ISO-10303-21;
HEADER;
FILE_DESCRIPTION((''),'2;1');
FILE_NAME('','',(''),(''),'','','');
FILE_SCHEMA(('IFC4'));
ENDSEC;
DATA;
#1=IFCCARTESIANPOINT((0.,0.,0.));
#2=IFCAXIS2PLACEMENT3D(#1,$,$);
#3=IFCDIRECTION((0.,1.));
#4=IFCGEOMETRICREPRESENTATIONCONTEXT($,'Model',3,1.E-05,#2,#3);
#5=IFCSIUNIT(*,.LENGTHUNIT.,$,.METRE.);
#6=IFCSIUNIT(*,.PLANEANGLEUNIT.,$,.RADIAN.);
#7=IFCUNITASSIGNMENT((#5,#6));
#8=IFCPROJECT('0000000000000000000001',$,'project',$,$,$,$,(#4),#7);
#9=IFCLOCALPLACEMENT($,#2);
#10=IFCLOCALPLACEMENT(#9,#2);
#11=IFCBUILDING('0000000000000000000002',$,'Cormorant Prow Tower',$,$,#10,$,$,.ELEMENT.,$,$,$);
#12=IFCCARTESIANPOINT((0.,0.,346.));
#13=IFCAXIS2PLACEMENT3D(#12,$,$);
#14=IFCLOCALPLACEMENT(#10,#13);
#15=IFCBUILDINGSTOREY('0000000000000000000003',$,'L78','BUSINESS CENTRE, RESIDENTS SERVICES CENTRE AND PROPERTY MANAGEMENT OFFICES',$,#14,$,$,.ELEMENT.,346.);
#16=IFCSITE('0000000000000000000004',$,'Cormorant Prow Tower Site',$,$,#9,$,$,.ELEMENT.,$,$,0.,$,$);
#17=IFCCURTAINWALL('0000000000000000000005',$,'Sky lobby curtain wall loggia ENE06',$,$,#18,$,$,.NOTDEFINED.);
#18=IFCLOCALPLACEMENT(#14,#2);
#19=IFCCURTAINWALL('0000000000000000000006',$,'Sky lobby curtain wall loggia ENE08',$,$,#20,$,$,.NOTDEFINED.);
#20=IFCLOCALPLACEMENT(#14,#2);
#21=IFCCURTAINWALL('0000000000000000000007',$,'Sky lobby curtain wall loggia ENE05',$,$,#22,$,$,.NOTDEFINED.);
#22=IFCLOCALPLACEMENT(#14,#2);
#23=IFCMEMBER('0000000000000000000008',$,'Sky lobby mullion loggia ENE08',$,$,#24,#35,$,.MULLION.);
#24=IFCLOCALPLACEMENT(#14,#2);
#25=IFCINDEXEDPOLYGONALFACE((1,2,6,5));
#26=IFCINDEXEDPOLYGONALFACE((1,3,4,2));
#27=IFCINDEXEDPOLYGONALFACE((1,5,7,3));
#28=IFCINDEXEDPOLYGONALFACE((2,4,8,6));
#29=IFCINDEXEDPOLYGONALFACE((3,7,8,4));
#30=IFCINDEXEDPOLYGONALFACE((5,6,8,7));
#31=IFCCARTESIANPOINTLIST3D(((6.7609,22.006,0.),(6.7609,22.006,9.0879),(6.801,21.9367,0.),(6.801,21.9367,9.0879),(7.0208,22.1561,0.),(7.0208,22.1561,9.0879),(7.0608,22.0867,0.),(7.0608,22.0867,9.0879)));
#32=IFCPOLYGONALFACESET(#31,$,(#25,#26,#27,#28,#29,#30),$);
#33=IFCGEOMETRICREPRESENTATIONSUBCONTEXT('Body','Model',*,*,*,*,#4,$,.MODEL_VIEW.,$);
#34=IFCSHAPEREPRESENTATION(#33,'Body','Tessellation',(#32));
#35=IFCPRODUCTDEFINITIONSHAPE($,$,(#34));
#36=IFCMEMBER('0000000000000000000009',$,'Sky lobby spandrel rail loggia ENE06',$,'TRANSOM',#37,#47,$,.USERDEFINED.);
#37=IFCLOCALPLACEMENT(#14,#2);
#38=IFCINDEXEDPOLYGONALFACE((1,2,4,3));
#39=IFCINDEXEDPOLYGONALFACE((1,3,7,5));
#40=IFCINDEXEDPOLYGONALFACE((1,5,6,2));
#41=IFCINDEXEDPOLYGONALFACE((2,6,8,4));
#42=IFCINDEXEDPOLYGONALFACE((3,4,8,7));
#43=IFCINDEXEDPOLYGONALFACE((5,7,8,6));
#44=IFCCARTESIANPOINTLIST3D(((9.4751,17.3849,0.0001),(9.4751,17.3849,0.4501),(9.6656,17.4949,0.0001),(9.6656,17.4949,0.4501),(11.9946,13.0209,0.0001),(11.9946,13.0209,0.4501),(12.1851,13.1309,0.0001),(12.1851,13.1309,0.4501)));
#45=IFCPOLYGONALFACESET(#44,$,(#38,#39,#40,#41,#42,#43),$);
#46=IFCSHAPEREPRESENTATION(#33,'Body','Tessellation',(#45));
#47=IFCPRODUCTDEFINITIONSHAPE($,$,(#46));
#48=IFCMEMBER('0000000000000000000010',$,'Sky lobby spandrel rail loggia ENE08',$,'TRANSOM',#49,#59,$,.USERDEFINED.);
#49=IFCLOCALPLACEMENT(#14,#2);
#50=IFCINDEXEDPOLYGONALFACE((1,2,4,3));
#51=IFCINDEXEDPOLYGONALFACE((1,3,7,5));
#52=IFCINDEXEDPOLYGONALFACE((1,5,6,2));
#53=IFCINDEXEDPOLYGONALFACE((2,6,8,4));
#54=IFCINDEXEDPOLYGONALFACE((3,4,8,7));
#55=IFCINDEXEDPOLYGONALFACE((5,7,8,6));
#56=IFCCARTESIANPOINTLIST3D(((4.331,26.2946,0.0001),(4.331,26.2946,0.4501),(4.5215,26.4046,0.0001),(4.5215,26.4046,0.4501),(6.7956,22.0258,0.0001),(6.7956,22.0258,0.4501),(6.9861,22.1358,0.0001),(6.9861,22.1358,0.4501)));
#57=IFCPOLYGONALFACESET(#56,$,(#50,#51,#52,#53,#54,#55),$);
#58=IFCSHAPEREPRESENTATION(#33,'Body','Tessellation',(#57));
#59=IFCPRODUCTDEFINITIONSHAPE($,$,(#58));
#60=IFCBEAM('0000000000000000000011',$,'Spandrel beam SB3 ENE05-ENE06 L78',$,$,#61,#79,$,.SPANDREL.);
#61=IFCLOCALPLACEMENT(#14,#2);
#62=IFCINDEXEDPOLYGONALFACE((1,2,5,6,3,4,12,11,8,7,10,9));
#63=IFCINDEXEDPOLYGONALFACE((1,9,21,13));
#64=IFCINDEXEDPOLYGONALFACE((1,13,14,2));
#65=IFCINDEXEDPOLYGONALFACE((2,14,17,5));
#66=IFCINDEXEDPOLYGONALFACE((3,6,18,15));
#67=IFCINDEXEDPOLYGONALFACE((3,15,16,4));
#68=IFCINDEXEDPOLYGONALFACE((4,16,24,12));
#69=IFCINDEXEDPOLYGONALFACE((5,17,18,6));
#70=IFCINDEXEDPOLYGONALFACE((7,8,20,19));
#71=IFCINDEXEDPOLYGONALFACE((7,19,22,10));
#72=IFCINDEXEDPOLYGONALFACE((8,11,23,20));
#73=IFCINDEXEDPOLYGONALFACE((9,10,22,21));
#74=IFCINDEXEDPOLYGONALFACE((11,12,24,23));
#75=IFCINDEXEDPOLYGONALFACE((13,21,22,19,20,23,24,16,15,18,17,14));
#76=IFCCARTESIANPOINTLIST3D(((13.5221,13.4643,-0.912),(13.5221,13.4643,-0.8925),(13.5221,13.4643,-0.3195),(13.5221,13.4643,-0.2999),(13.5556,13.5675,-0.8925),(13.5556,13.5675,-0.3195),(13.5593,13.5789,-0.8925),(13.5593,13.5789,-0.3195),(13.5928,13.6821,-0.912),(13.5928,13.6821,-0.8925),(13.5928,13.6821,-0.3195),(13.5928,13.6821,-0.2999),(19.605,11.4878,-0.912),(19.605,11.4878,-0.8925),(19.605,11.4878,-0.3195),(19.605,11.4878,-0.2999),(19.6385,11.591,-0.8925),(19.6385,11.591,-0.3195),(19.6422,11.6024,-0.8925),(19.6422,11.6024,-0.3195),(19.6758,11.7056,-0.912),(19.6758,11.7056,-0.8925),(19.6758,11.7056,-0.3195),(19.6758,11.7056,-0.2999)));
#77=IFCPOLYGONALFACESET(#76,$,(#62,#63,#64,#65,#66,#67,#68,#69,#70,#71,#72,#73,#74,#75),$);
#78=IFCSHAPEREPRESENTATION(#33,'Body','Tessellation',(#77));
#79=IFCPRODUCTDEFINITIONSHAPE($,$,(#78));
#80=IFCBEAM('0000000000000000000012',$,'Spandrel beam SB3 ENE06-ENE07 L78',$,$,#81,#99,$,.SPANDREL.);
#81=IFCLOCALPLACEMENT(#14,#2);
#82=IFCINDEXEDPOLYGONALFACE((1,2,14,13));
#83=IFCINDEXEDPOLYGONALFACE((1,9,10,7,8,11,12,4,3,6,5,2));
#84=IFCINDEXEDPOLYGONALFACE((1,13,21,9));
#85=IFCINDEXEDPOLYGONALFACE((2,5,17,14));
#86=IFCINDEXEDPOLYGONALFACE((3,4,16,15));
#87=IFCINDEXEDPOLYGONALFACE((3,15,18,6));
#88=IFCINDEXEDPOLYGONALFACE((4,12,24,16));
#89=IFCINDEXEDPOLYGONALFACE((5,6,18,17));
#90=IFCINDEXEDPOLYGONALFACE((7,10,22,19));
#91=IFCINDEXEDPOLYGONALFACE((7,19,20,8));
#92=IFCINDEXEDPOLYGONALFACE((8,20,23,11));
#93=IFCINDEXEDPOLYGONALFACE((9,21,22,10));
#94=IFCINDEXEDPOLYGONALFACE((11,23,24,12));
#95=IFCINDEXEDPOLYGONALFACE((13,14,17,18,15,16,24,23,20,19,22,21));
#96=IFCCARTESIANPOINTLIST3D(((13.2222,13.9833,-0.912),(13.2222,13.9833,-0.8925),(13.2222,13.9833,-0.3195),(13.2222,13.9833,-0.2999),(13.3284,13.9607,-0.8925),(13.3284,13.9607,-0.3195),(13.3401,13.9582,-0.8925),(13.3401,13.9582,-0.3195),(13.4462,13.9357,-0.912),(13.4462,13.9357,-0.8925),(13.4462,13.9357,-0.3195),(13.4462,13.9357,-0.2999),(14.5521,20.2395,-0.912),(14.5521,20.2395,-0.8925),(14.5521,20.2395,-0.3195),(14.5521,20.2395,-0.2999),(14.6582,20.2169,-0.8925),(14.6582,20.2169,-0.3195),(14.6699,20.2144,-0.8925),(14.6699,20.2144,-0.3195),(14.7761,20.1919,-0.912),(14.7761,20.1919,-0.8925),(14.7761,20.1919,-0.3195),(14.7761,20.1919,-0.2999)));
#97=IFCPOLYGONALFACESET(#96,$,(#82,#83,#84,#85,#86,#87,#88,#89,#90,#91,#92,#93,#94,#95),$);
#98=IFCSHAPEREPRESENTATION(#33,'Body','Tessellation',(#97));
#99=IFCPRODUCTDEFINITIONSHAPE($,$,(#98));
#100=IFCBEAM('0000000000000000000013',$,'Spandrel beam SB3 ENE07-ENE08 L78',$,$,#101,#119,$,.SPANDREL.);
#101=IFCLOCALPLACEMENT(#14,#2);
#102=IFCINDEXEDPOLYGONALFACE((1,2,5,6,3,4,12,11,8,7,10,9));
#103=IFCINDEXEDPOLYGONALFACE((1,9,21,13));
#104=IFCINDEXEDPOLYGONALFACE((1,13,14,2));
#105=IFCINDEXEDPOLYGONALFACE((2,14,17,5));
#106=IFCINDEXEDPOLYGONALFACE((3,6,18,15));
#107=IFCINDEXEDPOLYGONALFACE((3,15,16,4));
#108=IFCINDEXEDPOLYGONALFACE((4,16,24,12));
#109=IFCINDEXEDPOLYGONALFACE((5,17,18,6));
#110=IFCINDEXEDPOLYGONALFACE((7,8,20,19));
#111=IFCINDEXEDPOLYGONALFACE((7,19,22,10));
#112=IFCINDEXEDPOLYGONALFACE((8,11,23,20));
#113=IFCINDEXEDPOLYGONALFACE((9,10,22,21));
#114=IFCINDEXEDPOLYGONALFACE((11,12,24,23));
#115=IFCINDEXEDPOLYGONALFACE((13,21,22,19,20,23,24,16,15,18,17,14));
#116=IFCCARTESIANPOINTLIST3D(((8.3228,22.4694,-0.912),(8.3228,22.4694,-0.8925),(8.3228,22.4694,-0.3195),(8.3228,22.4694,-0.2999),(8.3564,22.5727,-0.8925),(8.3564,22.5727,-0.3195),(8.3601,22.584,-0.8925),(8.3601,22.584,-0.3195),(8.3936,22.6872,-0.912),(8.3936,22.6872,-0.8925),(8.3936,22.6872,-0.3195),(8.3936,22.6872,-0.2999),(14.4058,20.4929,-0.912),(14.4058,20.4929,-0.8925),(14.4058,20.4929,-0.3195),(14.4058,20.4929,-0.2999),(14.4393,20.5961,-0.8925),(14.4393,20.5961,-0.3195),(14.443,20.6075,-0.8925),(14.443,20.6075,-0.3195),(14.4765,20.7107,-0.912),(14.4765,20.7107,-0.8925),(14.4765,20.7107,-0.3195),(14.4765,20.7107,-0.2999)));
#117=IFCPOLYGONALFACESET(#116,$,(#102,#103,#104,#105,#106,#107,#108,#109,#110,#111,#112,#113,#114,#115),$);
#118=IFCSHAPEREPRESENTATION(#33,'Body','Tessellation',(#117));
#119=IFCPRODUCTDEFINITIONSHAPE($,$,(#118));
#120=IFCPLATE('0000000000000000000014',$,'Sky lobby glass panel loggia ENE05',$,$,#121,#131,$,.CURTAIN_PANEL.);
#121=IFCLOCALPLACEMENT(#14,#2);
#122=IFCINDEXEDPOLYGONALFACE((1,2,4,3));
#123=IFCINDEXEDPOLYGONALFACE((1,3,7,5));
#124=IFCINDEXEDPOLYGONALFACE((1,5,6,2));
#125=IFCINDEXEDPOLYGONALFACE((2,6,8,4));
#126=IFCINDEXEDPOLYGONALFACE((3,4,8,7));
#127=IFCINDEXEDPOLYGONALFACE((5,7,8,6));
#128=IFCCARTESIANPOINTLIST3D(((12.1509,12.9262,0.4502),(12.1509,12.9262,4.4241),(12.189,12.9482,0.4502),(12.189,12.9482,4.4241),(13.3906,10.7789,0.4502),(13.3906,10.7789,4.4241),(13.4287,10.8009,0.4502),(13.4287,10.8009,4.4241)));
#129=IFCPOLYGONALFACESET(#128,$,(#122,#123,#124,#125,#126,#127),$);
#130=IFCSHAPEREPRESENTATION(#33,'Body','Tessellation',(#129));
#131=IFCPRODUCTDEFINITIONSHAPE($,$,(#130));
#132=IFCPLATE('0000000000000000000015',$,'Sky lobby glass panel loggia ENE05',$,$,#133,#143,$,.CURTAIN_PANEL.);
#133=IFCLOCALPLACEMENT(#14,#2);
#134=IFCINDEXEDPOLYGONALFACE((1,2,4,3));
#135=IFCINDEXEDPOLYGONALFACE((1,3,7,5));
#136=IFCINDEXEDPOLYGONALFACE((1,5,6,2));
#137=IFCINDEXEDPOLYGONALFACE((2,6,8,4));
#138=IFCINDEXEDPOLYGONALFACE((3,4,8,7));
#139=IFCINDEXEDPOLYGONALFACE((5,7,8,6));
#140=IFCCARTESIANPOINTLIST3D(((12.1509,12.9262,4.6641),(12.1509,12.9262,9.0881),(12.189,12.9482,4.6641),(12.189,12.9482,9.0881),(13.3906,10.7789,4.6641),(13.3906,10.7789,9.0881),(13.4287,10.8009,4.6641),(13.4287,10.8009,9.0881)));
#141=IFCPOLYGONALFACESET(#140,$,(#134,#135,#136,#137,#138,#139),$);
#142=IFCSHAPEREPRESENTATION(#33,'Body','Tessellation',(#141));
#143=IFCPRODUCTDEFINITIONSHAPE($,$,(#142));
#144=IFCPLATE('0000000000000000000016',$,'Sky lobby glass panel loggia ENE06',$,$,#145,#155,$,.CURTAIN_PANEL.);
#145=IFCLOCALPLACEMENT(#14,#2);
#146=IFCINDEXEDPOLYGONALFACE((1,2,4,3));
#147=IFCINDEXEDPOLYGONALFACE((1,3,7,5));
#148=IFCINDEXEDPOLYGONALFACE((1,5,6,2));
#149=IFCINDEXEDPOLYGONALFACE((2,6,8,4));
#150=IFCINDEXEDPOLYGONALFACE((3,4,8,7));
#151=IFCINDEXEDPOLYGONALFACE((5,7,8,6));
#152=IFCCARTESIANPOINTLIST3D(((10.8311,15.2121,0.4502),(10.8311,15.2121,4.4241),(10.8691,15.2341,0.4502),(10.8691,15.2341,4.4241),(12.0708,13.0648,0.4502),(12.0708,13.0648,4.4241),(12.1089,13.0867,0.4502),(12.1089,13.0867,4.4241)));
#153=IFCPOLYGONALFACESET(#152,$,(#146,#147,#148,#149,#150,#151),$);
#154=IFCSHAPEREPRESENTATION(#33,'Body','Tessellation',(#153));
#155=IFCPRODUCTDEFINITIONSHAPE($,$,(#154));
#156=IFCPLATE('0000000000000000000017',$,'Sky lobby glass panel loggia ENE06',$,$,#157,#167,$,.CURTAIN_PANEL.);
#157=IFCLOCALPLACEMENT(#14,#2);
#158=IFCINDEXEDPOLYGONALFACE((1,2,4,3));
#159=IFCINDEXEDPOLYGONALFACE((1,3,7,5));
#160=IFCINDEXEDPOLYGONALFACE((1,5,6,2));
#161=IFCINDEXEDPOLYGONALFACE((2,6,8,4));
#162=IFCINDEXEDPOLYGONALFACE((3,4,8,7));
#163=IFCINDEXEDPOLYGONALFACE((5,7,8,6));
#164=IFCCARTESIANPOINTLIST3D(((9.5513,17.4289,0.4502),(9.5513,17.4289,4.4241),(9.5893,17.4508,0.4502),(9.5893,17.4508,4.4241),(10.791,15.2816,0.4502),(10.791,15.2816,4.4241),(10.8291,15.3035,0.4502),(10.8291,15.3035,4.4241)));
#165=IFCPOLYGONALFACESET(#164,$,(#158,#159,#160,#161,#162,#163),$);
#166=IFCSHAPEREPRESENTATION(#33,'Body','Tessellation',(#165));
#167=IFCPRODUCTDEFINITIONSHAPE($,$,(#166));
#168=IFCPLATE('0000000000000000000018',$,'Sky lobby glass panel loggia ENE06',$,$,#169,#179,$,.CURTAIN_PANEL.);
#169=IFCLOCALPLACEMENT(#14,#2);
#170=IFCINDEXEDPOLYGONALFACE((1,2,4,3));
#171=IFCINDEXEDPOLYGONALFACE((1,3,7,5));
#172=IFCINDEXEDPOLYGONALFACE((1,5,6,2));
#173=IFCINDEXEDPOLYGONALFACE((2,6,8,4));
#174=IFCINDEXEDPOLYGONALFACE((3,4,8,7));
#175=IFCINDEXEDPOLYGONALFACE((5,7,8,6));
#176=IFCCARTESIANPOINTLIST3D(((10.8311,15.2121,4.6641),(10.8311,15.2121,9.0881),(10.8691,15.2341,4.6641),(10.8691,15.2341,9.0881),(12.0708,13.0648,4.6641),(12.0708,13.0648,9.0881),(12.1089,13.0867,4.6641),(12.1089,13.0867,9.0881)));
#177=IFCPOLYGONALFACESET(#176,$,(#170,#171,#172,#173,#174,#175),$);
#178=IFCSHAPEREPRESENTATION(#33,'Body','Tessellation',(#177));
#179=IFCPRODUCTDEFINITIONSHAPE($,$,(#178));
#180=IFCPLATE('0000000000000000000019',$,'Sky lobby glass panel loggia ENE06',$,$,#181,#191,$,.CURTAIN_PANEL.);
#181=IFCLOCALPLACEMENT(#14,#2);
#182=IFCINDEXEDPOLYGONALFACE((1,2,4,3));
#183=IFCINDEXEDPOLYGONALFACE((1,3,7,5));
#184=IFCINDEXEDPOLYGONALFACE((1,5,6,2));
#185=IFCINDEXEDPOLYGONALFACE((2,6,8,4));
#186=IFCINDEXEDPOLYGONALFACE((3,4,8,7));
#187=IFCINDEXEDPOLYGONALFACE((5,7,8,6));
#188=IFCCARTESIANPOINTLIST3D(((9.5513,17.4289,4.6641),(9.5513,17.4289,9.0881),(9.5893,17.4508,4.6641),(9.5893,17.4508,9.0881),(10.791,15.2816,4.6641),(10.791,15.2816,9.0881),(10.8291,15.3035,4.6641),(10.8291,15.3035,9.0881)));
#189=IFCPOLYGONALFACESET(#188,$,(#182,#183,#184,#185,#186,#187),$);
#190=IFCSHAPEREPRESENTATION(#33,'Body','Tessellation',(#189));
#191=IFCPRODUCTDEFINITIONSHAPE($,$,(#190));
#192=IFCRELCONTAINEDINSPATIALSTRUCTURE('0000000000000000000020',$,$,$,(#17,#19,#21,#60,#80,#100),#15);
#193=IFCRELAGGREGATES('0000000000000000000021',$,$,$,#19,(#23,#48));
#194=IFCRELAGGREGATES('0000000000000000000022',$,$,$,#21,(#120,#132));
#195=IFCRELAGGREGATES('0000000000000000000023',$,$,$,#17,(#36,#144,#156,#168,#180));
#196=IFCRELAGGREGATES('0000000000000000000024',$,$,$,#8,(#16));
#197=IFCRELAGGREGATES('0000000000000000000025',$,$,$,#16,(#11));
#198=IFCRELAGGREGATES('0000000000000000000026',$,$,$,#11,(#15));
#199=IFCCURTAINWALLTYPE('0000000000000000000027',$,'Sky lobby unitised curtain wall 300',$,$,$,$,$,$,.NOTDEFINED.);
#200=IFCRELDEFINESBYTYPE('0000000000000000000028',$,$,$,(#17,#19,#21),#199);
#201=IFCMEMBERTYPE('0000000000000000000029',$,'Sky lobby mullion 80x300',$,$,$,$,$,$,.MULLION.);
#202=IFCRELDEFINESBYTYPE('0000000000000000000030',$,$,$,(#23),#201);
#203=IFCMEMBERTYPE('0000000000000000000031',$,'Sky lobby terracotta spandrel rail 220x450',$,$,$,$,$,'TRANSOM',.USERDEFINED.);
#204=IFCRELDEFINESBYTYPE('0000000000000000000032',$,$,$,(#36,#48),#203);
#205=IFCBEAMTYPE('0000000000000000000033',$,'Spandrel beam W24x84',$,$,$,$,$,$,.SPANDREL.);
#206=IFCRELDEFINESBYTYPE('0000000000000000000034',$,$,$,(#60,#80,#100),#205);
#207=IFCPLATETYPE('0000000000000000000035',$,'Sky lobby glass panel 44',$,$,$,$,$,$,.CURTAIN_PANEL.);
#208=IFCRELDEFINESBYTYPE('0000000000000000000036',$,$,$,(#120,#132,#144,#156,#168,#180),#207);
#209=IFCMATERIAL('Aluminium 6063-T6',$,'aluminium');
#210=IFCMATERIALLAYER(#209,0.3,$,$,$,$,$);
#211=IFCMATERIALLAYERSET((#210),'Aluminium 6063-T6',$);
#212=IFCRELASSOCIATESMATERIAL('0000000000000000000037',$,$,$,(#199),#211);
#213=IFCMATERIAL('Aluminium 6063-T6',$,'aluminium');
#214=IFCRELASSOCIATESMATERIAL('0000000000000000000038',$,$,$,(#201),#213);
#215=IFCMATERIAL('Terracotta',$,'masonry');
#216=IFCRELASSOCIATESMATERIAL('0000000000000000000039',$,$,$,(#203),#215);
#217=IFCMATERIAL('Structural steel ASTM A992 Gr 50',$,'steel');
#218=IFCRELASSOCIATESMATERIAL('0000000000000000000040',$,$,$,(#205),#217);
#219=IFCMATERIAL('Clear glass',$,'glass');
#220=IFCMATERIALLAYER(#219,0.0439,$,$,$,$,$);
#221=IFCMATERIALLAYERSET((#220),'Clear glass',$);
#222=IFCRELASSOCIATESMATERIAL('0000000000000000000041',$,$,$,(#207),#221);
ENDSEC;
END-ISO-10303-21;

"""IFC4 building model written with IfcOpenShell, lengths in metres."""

from ifc_helpers import new_model, si_unit, direction, frame, origin, origin_2d, place, context, subcontext, project, spatial, rectangle, i_section, extrude, material, layer, layer_set, material_profile, profile_set, type_object, element, aggregate, save


model = new_model("IFC4")

# Units and contexts
model_context = context("Model", 3, precision=1e-05, world=origin(), true_north=direction((0.0, 1.0)))
body_context = subcontext(model_context, "Body", "Model", "MODEL_VIEW")
ifc_project = project(units=[si_unit("LENGTHUNIT", "METRE"), si_unit("PLANEANGLEUNIT", "RADIAN")], contexts=[model_context])

# Site, building, storey
site_placement = place(None, origin())
site = spatial("IfcSite", under=ifc_project, at=site_placement, Name="Cormorant Prow Tower Site", CompositionType="ELEMENT", RefElevation=0.0)
building_placement = place(site_placement, origin())
building = spatial("IfcBuilding", under=site, at=building_placement, Name="Cormorant Prow Tower", CompositionType="ELEMENT")
storey_placement = place(building_placement, frame((0.0, 0.0, 346.0)))
storey = spatial("IfcBuildingStorey", under=building, at=storey_placement, Name="L78", Description="BUSINESS CENTRE, RESIDENTS SERVICES CENTRE AND PROPERTY MANAGEMENT OFFICES", CompositionType="ELEMENT", Elevation=346.0)

# Curtain wall
ifc_material_1 = material(Name="Aluminium 6063-T6", Category="aluminium")
ifc_layer_1 = layer(ifc_material_1, 0.3)
ifc_layer_set_1 = layer_set([ifc_layer_1], Name="Aluminium 6063-T6")
curtain_wall_type = type_object("IfcCurtainWallType", Name="Sky lobby unitised curtain wall 300", PredefinedType="NOTDEFINED", material=ifc_layer_set_1)
curtain_wall_1_placement = place(storey_placement, origin())
curtain_wall_1 = element("IfcCurtainWall", 1, at=curtain_wall_1_placement, inside=storey, type_object=curtain_wall_type, Name="Sky lobby curtain wall loggia ENE06", PredefinedType="NOTDEFINED")

# Curtain walls
curtain_wall_2_placement = place(storey_placement, origin())
curtain_wall_2 = element("IfcCurtainWall", 2, at=curtain_wall_2_placement, inside=storey, type_object=curtain_wall_type, Name="Sky lobby curtain wall loggia ENE08", PredefinedType="NOTDEFINED")
curtain_wall_3_placement = place(storey_placement, origin())
curtain_wall_3 = element("IfcCurtainWall", 3, at=curtain_wall_3_placement, inside=storey, type_object=curtain_wall_type, Name="Sky lobby curtain wall loggia ENE05", PredefinedType="NOTDEFINED")
ifc_material_2 = material(Name="Aluminium 6063-T6", Category="aluminium")
ifc_material_profile_1 = material_profile(ifc_material_2, rectangle(XDim=0.3, YDim=0.0801, at=origin_2d()), Name="Sky lobby mullion 80x300")
ifc_profile_set_1 = profile_set([ifc_material_profile_1], Name="Aluminium 6063-T6")
member_type_1 = type_object("IfcMemberType", Name="Sky lobby mullion 80x300", PredefinedType="MULLION", material=ifc_profile_set_1)

# Members
member_1_placement = place(storey_placement, frame((6.9109, 22.0464, 0.0), z_axis=(0.0, 0.0, 1.0), x_axis=(-0.866025, -0.5, 0.0)))
member_1 = element("IfcMember", 4, at=member_1_placement, type_object=member_type_1, Name="Sky lobby mullion loggia ENE08", PredefinedType="MULLION", context=body_context, shape_type="SweptSolid", body=[
    extrude(rectangle(XDim=0.3, YDim=0.0801, at=origin_2d()), origin(), (0.0, 0.0, 1.0), 9.0879),
])
ifc_material_3 = material(Name="Terracotta", Category="masonry")
ifc_material_profile_2 = material_profile(ifc_material_3, rectangle(XDim=0.22, YDim=0.45, at=origin_2d()), Name="Sky lobby terracotta spandrel rail 220x450")
ifc_profile_set_2 = profile_set([ifc_material_profile_2], Name="Terracotta")
member_type_2 = type_object("IfcMemberType", Name="Sky lobby terracotta spandrel rail 220x450", ElementType="TRANSOM", PredefinedType="USERDEFINED", material=ifc_profile_set_2)
member_2_placement = place(storey_placement, frame((12.0898, 13.0759, 0.2251), z_axis=(-0.499995, 0.866028, 0.0), x_axis=(-0.866028, -0.499995, 0.0)))
member_2 = element("IfcMember", 5, at=member_2_placement, type_object=member_type_2, Name="Sky lobby spandrel rail loggia ENE06", ObjectType="TRANSOM", PredefinedType="USERDEFINED", context=body_context, shape_type="SweptSolid", body=[
    extrude(rectangle(XDim=0.22, YDim=0.45, at=origin_2d()), origin(), (0.0, 0.0, 1.0), 5.0391),
])
member_3_placement = place(storey_placement, frame((6.8909, 22.0808, 0.2251), z_axis=(-0.500001, 0.866025, 0.0), x_axis=(-0.866025, -0.500001, 0.0)))
member_3 = element("IfcMember", 6, at=member_3_placement, type_object=member_type_2, Name="Sky lobby spandrel rail loggia ENE08", ObjectType="TRANSOM", PredefinedType="USERDEFINED", context=body_context, shape_type="SweptSolid", body=[
    extrude(rectangle(XDim=0.22, YDim=0.45, at=origin_2d()), origin(), (0.0, 0.0, 1.0), 4.9292),
])
aggregate(curtain_wall_2, [member_1, member_3])

# Beams
ifc_material_4 = material(Name="Structural steel ASTM A992 Gr 50", Category="steel")
ifc_material_profile_3 = material_profile(ifc_material_4, i_section(OverallWidth=0.229, OverallDepth=0.6121, WebThickness=0.012, FlangeThickness=0.0195, at=origin_2d()), Name="W24x84")
ifc_profile_set_3 = profile_set([ifc_material_profile_3], Name="Structural steel ASTM A992 Gr 50")
beam_type_1 = type_object("IfcBeamType", Name="Spandrel beam W24x84", PredefinedType="SPANDREL", material=ifc_profile_set_3)
for number, where, z_axis, x_axis, name in (
    (7, (19.6404, 11.5967, -0.606), (-0.951053, 0.309027, 0.0), (-0.309027, -0.951053, 0.0), "Spandrel beam SB3 ENE05-ENE06 L78"),
    (8, (13.3342, 13.9595, -0.606), (0.20792, 0.978146, 0.0), (-0.978146, 0.20792, 0.0), "Spandrel beam SB3 ENE06-ENE07 L78"),
    (9, (14.4412, 20.6018, -0.606), (-0.951053, 0.309027, 0.0), (-0.309027, -0.951053, 0.0), "Spandrel beam SB3 ENE07-ENE08 L78"),
):
    element("IfcBeam", number, at=place(storey_placement, frame(where, z_axis=z_axis, x_axis=x_axis)), inside=storey, type_object=beam_type_1, Name=name, PredefinedType="SPANDREL", context=body_context, shape_type="SweptSolid", body=[
        extrude(i_section(OverallWidth=0.229, OverallDepth=0.6121, WebThickness=0.012, FlangeThickness=0.0195, at=origin_2d()), origin(), (0.0, 0.0, 1.0), 6.396),
    ])

# Plates
ifc_material_5 = material(Name="Clear glass", Category="glass")
ifc_layer_2 = layer(ifc_material_5, 0.0439)
ifc_layer_set_2 = layer_set([ifc_layer_2], Name="Clear glass")
plate_type = type_object("IfcPlateType", Name="Sky lobby glass panel 44", PredefinedType="CURTAIN_PANEL", material=ifc_layer_set_2)
plate_1_placement = place(storey_placement, frame((12.7898, 11.8635, 0.4502), z_axis=(0.0, 0.0, 1.0), x_axis=(-0.5, 0.866025, 0.0)))
plate_1 = element("IfcPlate", 10, at=plate_1_placement, type_object=plate_type, Name="Sky lobby glass panel loggia ENE05", PredefinedType="CURTAIN_PANEL", context=body_context, shape_type="SweptSolid", body=[
    extrude(rectangle(XDim=2.4795, YDim=0.0439, at=origin_2d()), origin(), (0.0, 0.0, 1.0), 3.9739),
])
plate_2_placement = place(storey_placement, frame((12.7898, 11.8635, 4.6641), z_axis=(0.0, 0.0, 1.0), x_axis=(-0.5, 0.866025, 0.0)))
plate_2 = element("IfcPlate", 11, at=plate_2_placement, type_object=plate_type, Name="Sky lobby glass panel loggia ENE05", PredefinedType="CURTAIN_PANEL", context=body_context, shape_type="SweptSolid", body=[
    extrude(rectangle(XDim=2.4795, YDim=0.0439, at=origin_2d()), origin(), (0.0, 0.0, 1.0), 4.4241),
])
aggregate(curtain_wall_3, [plate_1, plate_2])
plate_3_placement = place(storey_placement, frame((11.47, 14.1494, 0.4502), z_axis=(0.0, 0.0, 1.0), x_axis=(-0.5, 0.866025, 0.0)))
plate_3 = element("IfcPlate", 12, at=plate_3_placement, type_object=plate_type, Name="Sky lobby glass panel loggia ENE06", PredefinedType="CURTAIN_PANEL", context=body_context, shape_type="SweptSolid", body=[
    extrude(rectangle(XDim=2.4795, YDim=0.0439, at=origin_2d()), origin(), (0.0, 0.0, 1.0), 3.9739),
])
plate_4_placement = place(storey_placement, frame((10.1902, 16.3662, 0.4502), z_axis=(0.0, 0.0, 1.0), x_axis=(-0.5, 0.866025, 0.0)))
plate_4 = element("IfcPlate", 13, at=plate_4_placement, type_object=plate_type, Name="Sky lobby glass panel loggia ENE06", PredefinedType="CURTAIN_PANEL", context=body_context, shape_type="SweptSolid", body=[
    extrude(rectangle(XDim=2.4795, YDim=0.0439, at=origin_2d()), origin(), (0.0, 0.0, 1.0), 3.9739),
])
plate_5_placement = place(storey_placement, frame((11.47, 14.1494, 4.6641), z_axis=(0.0, 0.0, 1.0), x_axis=(-0.5, 0.866025, 0.0)))
plate_5 = element("IfcPlate", 14, at=plate_5_placement, type_object=plate_type, Name="Sky lobby glass panel loggia ENE06", PredefinedType="CURTAIN_PANEL", context=body_context, shape_type="SweptSolid", body=[
    extrude(rectangle(XDim=2.4795, YDim=0.0439, at=origin_2d()), origin(), (0.0, 0.0, 1.0), 4.4241),
])
plate_6_placement = place(storey_placement, frame((10.1902, 16.3662, 4.6641), z_axis=(0.0, 0.0, 1.0), x_axis=(-0.5, 0.866025, 0.0)))
plate_6 = element("IfcPlate", 15, at=plate_6_placement, type_object=plate_type, Name="Sky lobby glass panel loggia ENE06", PredefinedType="CURTAIN_PANEL", context=body_context, shape_type="SweptSolid", body=[
    extrude(rectangle(XDim=2.4795, YDim=0.0439, at=origin_2d()), origin(), (0.0, 0.0, 1.0), 4.4241),
])
aggregate(curtain_wall_1, [member_2, plate_3, plate_4, plate_5, plate_6])

save(model, "model.ifc")
